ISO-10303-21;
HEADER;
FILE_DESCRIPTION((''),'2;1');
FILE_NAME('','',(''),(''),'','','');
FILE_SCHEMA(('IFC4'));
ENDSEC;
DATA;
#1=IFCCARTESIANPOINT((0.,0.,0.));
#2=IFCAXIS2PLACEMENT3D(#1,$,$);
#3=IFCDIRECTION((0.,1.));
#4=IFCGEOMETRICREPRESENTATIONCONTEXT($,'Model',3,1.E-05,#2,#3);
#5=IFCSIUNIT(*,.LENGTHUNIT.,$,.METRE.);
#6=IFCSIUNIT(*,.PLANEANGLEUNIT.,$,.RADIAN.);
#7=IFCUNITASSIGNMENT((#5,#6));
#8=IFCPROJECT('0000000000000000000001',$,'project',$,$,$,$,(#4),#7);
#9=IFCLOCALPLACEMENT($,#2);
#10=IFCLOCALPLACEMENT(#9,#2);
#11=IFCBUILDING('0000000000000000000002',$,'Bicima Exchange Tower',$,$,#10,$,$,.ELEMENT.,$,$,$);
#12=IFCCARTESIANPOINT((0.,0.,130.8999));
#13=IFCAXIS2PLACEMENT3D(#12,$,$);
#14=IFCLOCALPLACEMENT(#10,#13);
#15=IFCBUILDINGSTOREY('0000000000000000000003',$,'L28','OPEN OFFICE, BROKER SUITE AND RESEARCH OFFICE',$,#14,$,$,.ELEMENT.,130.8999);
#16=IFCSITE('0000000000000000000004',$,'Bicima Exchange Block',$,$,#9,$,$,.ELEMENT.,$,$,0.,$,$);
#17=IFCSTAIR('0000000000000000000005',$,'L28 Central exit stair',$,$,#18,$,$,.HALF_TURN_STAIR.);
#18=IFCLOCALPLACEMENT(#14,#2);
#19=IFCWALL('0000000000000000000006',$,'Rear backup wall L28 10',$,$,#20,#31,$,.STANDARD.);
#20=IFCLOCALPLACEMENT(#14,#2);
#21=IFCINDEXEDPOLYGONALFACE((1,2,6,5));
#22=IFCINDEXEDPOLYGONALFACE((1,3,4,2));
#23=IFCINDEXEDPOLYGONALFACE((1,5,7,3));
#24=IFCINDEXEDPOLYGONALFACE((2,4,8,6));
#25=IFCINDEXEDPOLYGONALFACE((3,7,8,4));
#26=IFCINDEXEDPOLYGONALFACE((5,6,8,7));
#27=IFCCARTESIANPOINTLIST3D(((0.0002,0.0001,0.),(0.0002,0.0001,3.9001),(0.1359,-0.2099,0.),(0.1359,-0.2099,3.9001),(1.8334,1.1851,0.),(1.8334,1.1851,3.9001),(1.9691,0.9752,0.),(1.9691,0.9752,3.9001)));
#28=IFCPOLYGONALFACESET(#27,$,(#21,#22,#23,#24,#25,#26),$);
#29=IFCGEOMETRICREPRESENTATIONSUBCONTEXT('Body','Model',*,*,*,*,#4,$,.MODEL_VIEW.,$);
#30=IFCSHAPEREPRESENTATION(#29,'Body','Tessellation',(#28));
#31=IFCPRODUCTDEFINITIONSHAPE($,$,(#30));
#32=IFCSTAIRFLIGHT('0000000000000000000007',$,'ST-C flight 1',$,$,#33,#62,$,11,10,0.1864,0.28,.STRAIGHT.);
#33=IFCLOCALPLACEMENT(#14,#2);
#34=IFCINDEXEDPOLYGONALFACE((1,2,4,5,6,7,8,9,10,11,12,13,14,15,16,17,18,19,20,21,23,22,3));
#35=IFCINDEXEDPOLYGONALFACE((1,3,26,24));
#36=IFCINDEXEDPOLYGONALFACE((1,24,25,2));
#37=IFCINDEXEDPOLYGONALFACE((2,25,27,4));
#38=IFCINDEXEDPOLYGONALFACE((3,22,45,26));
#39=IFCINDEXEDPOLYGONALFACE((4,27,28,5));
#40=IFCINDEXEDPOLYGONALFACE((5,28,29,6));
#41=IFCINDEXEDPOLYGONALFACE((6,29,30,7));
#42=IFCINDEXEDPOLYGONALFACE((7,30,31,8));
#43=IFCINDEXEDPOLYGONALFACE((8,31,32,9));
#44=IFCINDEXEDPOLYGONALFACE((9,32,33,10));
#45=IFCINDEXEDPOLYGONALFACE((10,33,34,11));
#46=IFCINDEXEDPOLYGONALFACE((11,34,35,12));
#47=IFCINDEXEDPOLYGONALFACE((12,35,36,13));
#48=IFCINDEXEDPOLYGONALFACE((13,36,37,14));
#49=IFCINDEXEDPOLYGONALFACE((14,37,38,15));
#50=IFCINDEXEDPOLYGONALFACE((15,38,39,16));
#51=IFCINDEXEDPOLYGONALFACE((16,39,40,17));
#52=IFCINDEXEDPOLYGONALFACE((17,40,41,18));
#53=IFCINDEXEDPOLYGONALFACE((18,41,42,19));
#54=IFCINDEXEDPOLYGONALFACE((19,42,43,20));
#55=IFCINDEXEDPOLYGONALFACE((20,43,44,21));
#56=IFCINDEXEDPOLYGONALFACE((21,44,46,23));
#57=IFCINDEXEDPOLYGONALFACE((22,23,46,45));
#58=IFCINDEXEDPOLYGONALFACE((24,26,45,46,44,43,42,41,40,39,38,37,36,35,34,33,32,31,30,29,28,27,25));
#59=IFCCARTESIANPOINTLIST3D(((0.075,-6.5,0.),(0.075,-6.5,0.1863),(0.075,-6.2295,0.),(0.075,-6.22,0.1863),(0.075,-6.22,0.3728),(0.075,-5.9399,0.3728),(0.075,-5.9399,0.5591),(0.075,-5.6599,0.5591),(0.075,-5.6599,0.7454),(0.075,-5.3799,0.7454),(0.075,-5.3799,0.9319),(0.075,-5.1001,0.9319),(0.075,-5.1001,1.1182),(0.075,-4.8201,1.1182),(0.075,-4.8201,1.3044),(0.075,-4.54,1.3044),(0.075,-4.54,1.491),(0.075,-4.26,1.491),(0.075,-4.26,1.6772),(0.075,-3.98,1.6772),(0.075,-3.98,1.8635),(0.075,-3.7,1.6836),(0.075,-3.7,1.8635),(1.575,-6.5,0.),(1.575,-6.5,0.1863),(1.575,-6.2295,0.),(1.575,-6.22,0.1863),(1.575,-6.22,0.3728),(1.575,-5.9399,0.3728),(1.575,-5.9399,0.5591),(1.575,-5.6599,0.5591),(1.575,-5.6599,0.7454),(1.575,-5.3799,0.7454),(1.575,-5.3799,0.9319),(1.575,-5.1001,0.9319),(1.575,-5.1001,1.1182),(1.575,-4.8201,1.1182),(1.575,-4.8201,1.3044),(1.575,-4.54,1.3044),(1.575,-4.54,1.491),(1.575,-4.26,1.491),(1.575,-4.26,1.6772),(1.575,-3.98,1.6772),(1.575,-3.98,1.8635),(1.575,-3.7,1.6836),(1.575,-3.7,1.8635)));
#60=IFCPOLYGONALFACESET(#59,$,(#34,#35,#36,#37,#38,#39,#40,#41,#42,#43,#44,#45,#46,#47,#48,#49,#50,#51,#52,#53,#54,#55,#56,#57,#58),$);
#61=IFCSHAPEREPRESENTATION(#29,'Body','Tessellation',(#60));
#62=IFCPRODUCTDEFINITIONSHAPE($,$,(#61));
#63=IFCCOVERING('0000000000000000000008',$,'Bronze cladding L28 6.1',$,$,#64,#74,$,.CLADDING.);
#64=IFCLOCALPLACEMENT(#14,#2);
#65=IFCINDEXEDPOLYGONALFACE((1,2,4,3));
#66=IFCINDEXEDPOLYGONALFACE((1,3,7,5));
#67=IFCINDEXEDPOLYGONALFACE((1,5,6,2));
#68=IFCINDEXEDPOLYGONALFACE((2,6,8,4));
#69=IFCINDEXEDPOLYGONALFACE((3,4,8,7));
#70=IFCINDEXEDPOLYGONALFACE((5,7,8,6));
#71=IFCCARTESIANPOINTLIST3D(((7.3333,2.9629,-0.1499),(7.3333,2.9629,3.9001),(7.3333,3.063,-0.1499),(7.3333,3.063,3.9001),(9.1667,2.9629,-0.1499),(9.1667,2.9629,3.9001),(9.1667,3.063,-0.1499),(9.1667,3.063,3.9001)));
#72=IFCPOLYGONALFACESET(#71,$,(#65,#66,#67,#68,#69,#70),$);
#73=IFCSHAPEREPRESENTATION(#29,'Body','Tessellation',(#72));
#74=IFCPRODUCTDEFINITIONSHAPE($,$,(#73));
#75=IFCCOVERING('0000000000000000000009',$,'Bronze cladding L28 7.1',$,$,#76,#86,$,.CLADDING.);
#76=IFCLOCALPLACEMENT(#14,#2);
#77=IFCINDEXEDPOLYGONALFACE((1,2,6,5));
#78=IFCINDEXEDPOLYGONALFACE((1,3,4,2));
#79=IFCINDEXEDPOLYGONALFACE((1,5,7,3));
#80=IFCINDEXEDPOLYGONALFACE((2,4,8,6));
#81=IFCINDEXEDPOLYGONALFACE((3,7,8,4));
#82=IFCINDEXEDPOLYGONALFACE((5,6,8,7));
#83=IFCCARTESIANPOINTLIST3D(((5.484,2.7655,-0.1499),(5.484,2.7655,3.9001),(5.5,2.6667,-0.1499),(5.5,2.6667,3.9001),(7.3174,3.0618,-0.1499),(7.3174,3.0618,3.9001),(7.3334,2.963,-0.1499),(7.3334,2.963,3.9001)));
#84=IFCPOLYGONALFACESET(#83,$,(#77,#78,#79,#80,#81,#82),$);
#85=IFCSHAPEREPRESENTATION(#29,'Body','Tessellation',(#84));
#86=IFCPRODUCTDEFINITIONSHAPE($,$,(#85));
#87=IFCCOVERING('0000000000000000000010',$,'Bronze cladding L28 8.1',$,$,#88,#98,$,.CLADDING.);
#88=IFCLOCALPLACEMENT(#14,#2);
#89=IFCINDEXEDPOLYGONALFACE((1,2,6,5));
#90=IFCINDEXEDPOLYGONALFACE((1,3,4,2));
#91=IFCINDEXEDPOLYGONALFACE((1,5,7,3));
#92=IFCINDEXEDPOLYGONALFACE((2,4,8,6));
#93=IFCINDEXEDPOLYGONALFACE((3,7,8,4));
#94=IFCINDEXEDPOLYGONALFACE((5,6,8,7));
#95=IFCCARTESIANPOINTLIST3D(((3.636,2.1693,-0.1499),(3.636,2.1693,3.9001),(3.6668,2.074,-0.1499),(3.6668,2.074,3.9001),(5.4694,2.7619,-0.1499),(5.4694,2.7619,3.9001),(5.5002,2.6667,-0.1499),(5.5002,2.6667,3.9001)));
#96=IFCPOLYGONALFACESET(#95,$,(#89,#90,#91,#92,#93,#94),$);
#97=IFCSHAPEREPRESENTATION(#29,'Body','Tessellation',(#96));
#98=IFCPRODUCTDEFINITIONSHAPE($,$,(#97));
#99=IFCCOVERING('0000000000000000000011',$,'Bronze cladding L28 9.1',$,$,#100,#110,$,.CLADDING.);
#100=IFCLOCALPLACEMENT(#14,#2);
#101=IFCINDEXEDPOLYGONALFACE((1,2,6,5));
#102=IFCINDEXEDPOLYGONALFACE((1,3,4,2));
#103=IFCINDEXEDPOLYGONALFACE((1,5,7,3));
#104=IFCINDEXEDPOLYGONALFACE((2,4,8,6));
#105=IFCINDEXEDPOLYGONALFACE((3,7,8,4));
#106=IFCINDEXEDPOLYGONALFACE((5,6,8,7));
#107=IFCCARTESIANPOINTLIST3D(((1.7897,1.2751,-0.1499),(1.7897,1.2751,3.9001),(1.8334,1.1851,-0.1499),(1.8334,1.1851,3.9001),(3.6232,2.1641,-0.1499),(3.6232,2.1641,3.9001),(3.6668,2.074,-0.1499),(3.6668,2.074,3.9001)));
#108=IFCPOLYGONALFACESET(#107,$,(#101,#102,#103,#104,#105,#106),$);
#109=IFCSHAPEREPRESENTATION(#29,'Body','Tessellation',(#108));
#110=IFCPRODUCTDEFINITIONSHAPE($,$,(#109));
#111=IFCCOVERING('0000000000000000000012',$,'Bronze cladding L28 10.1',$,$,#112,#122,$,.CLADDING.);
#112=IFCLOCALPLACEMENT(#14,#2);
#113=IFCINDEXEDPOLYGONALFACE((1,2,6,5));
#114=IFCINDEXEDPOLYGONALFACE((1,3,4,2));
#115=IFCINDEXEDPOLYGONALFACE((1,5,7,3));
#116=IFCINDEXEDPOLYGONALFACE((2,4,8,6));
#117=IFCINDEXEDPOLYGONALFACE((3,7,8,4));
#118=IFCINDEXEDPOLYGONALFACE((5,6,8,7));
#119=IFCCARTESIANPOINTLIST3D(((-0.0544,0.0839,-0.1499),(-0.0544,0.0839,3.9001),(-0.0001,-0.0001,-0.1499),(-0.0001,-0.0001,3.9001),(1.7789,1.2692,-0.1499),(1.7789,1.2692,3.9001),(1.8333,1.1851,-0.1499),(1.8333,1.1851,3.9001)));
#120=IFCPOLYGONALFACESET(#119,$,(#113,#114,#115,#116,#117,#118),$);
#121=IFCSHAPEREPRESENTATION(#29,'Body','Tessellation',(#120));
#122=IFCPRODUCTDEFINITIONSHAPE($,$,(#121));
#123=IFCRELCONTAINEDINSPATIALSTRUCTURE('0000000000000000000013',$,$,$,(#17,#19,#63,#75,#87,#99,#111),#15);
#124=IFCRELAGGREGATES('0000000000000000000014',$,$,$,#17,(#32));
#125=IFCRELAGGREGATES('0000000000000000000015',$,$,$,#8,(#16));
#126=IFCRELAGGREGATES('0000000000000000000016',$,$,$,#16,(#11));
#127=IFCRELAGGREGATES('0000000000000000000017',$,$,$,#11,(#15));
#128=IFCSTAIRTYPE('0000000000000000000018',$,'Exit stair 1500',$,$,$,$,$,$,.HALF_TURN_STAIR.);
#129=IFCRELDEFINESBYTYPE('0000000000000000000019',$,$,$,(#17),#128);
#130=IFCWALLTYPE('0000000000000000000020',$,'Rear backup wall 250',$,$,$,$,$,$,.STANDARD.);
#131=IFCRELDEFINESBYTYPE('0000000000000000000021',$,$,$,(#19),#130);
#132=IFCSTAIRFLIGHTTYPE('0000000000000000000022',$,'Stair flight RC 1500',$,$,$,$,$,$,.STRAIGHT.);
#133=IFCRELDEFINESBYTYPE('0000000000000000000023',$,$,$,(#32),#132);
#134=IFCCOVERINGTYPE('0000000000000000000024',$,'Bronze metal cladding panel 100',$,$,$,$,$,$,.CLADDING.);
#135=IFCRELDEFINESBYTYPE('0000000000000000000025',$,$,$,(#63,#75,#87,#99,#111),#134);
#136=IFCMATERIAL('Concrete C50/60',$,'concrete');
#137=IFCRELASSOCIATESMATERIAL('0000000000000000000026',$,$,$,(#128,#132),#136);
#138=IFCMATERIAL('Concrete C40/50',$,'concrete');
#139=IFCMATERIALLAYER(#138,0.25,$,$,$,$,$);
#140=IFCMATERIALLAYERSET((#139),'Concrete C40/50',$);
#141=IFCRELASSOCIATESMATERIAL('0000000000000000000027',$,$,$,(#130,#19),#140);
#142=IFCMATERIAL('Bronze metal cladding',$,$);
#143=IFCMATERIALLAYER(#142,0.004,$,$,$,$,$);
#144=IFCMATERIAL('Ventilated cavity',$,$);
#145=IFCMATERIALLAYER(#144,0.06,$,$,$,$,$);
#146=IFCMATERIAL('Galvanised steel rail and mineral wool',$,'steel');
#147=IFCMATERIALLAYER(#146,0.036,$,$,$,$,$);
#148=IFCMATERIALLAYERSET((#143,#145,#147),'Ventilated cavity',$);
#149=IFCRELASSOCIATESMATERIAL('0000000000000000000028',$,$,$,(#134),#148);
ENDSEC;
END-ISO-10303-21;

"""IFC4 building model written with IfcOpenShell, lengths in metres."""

from ifc_helpers import new_model, si_unit, direction, frame, frame_2d, origin, origin_2d, place, context, subcontext, project, spatial, polyline, rectangle, outline, extrude, material, layer, layer_set, layer_usage, type_object, element, aggregate, save


model = new_model("IFC4")

# Units and contexts
model_context = context("Model", 3, precision=1e-05, world=origin(), true_north=direction((0.0, 1.0)))
body_context = subcontext(model_context, "Body", "Model", "MODEL_VIEW")
ifc_project = project(units=[si_unit("LENGTHUNIT", "METRE"), si_unit("PLANEANGLEUNIT", "RADIAN")], contexts=[model_context])

# Site, building, storey
site_placement = place(None, origin())
site = spatial("IfcSite", under=ifc_project, at=site_placement, Name="Bicima Exchange Block", CompositionType="ELEMENT", RefElevation=0.0)
building_placement = place(site_placement, origin())
building = spatial("IfcBuilding", under=site, at=building_placement, Name="Bicima Exchange Tower", CompositionType="ELEMENT")
storey_placement = place(building_placement, frame((0.0, 0.0, 130.8999)))
storey = spatial("IfcBuildingStorey", under=building, at=storey_placement, Name="L28", Description="OPEN OFFICE, BROKER SUITE AND RESEARCH OFFICE", CompositionType="ELEMENT", Elevation=130.8999)

# Stair
ifc_material_1 = material(Name="Concrete C50/60", Category="concrete")
stair_type_1 = type_object("IfcStairType", Name="Exit stair 1500", PredefinedType="HALF_TURN_STAIR", material=ifc_material_1)
stair_1_placement = place(storey_placement, origin())
stair_1 = element("IfcStair", 1, at=stair_1_placement, inside=storey, type_object=stair_type_1, Name="L28 Central exit stair", PredefinedType="HALF_TURN_STAIR")

# Wall
ifc_material_2 = material(Name="Concrete C40/50", Category="concrete")
ifc_layer_1 = layer(ifc_material_2, 0.25)
ifc_layer_set_1 = layer_set([ifc_layer_1], Name="Concrete C40/50")
ifc_layer_usage = layer_usage(ifc_layer_set_1, "AXIS2", "POSITIVE", -0.125)
wall_type_1 = type_object("IfcWallType", Name="Rear backup wall 250", PredefinedType="STANDARD", material=ifc_layer_set_1)
wall_1_placement = place(storey_placement, frame((1.9011, 1.0801, 0.0), z_axis=(0.0, 0.0, 1.0), x_axis=(-0.839813, -0.542876, 0.0)))
element("IfcWall", 2, at=wall_1_placement, inside=storey, type_object=wall_type_1, material=ifc_layer_usage, Name="Rear backup wall L28 10", PredefinedType="STANDARD", context=body_context, shape_type="SweptSolid", body=[
    extrude(rectangle(XDim=2.1829, YDim=0.25, at=frame_2d((1.0913, 0.0))), origin(), (0.0, 0.0, 1.0), 3.9001),
])

# Stair flight
stair_flight_type = type_object("IfcStairFlightType", Name="Stair flight RC 1500", PredefinedType="STRAIGHT", material=ifc_material_1)
stair_flight_placement = place(storey_placement, frame((0.825, -6.5, 0.0), z_axis=(0.0, 0.0, 1.0), x_axis=(0.0, 1.0, 0.0)))
stair_flight = element("IfcStairFlight", 3, at=stair_flight_placement, type_object=stair_flight_type, Name="ST-C flight 1", NumberOfRisers=11, NumberOfTreads=10, PredefinedType="STRAIGHT", RiserHeight=0.1864, TreadLength=0.28, context=body_context, shape_type="SweptSolid", body=[
    extrude(outline(polyline([(0.0, 0.0), (0.0, 0.1863), (0.28, 0.1863), (0.28, 0.3728), (0.5601, 0.3728), (0.5601, 0.5591), (0.8401, 0.5591), (0.8401, 0.7454), (1.1201, 0.7454), (1.1201, 0.9319), (1.3999, 0.9319), (1.3999, 1.1182), (1.6799, 1.1182), (1.6799, 1.3044), (1.96, 1.3044), (1.96, 1.491), (2.24, 1.491), (2.24, 1.6772), (2.52, 1.6772), (2.52, 1.8635), (2.8, 1.8635), (2.8, 2.05), (2.8, 1.6836), (0.2705, 0.0), (0.0, 0.0)])), frame((0.0, 0.75, 0.0), z_axis=(0.0, -1.0, 0.0), x_axis=(1.0, 0.0, 0.0)), (0.0, 0.0, 1.0), 1.5),
])
aggregate(stair_1, [stair_flight])

# Coverings
ifc_material_3 = material(Name="Bronze metal cladding")
ifc_layer_2 = layer(ifc_material_3, 0.004)
ifc_material_4 = material(Name="Ventilated cavity")
ifc_layer_3 = layer(ifc_material_4, 0.06)
ifc_material_5 = material(Name="Galvanised steel rail and mineral wool", Category="steel")
ifc_layer_4 = layer(ifc_material_5, 0.036)
ifc_layer_set_2 = layer_set([ifc_layer_2, ifc_layer_3, ifc_layer_4], Name="Ventilated cavity")
covering_type = type_object("IfcCoveringType", Name="Bronze metal cladding panel 100", PredefinedType="CLADDING", material=ifc_layer_set_2)
covering_1_placement = place(storey_placement, frame((8.25, 3.0129, -0.1499), z_axis=(0.0, 0.0, 1.0), x_axis=(-1.0, 0.0, 0.0)))
element("IfcCovering", 4, at=covering_1_placement, inside=storey, type_object=covering_type, Name="Bronze cladding L28 6.1", PredefinedType="CLADDING", context=body_context, shape_type="SweptSolid", body=[
    extrude(rectangle(XDim=1.8335, YDim=0.1001, at=origin_2d()), origin(), (0.0, 0.0, 1.0), 4.05),
])
covering_2_placement = place(storey_placement, frame((6.4087, 2.8643, -0.1499), z_axis=(0.0, 0.0, 1.0), x_axis=(-0.98719, -0.15955, 0.0)))
element("IfcCovering", 5, at=covering_2_placement, inside=storey, type_object=covering_type, Name="Bronze cladding L28 7.1", PredefinedType="CLADDING", context=body_context, shape_type="SweptSolid", body=[
    extrude(rectangle(XDim=1.8572, YDim=0.1001, at=origin_2d()), origin(), (0.0, 0.0, 1.0), 4.05),
])
covering_3_placement = place(storey_placement, frame((4.5681, 2.418, -0.1499), z_axis=(0.0, 0.0, 1.0), x_axis=(-0.951525, -0.307573, 0.0)))
element("IfcCovering", 6, at=covering_3_placement, inside=storey, type_object=covering_type, Name="Bronze cladding L28 8.1", PredefinedType="CLADDING", context=body_context, shape_type="SweptSolid", body=[
    extrude(rectangle(XDim=1.9268, YDim=0.1001, at=origin_2d()), origin(), (0.0, 0.0, 1.0), 4.05),
])
covering_4_placement = place(storey_placement, frame((2.7283, 1.6746, -0.1499), z_axis=(0.0, 0.0, 1.0), x_axis=(-0.899818, -0.436265, 0.0)))
element("IfcCovering", 7, at=covering_4_placement, inside=storey, type_object=covering_type, Name="Bronze cladding L28 9.1", PredefinedType="CLADDING", context=body_context, shape_type="SweptSolid", body=[
    extrude(rectangle(XDim=2.0376, YDim=0.1001, at=origin_2d()), origin(), (0.0, 0.0, 1.0), 4.05),
])
covering_5_placement = place(storey_placement, frame((0.8894, 0.6345, -0.1499), z_axis=(0.0, 0.0, 1.0), x_axis=(-0.83979, -0.542911, 0.0)))
element("IfcCovering", 8, at=covering_5_placement, inside=storey, type_object=covering_type, Name="Bronze cladding L28 10.1", PredefinedType="CLADDING", context=body_context, shape_type="SweptSolid", body=[
    extrude(rectangle(XDim=2.1831, YDim=0.1001, at=origin_2d()), origin(), (0.0, 0.0, 1.0), 4.05),
])

save(model, "model.ifc")
